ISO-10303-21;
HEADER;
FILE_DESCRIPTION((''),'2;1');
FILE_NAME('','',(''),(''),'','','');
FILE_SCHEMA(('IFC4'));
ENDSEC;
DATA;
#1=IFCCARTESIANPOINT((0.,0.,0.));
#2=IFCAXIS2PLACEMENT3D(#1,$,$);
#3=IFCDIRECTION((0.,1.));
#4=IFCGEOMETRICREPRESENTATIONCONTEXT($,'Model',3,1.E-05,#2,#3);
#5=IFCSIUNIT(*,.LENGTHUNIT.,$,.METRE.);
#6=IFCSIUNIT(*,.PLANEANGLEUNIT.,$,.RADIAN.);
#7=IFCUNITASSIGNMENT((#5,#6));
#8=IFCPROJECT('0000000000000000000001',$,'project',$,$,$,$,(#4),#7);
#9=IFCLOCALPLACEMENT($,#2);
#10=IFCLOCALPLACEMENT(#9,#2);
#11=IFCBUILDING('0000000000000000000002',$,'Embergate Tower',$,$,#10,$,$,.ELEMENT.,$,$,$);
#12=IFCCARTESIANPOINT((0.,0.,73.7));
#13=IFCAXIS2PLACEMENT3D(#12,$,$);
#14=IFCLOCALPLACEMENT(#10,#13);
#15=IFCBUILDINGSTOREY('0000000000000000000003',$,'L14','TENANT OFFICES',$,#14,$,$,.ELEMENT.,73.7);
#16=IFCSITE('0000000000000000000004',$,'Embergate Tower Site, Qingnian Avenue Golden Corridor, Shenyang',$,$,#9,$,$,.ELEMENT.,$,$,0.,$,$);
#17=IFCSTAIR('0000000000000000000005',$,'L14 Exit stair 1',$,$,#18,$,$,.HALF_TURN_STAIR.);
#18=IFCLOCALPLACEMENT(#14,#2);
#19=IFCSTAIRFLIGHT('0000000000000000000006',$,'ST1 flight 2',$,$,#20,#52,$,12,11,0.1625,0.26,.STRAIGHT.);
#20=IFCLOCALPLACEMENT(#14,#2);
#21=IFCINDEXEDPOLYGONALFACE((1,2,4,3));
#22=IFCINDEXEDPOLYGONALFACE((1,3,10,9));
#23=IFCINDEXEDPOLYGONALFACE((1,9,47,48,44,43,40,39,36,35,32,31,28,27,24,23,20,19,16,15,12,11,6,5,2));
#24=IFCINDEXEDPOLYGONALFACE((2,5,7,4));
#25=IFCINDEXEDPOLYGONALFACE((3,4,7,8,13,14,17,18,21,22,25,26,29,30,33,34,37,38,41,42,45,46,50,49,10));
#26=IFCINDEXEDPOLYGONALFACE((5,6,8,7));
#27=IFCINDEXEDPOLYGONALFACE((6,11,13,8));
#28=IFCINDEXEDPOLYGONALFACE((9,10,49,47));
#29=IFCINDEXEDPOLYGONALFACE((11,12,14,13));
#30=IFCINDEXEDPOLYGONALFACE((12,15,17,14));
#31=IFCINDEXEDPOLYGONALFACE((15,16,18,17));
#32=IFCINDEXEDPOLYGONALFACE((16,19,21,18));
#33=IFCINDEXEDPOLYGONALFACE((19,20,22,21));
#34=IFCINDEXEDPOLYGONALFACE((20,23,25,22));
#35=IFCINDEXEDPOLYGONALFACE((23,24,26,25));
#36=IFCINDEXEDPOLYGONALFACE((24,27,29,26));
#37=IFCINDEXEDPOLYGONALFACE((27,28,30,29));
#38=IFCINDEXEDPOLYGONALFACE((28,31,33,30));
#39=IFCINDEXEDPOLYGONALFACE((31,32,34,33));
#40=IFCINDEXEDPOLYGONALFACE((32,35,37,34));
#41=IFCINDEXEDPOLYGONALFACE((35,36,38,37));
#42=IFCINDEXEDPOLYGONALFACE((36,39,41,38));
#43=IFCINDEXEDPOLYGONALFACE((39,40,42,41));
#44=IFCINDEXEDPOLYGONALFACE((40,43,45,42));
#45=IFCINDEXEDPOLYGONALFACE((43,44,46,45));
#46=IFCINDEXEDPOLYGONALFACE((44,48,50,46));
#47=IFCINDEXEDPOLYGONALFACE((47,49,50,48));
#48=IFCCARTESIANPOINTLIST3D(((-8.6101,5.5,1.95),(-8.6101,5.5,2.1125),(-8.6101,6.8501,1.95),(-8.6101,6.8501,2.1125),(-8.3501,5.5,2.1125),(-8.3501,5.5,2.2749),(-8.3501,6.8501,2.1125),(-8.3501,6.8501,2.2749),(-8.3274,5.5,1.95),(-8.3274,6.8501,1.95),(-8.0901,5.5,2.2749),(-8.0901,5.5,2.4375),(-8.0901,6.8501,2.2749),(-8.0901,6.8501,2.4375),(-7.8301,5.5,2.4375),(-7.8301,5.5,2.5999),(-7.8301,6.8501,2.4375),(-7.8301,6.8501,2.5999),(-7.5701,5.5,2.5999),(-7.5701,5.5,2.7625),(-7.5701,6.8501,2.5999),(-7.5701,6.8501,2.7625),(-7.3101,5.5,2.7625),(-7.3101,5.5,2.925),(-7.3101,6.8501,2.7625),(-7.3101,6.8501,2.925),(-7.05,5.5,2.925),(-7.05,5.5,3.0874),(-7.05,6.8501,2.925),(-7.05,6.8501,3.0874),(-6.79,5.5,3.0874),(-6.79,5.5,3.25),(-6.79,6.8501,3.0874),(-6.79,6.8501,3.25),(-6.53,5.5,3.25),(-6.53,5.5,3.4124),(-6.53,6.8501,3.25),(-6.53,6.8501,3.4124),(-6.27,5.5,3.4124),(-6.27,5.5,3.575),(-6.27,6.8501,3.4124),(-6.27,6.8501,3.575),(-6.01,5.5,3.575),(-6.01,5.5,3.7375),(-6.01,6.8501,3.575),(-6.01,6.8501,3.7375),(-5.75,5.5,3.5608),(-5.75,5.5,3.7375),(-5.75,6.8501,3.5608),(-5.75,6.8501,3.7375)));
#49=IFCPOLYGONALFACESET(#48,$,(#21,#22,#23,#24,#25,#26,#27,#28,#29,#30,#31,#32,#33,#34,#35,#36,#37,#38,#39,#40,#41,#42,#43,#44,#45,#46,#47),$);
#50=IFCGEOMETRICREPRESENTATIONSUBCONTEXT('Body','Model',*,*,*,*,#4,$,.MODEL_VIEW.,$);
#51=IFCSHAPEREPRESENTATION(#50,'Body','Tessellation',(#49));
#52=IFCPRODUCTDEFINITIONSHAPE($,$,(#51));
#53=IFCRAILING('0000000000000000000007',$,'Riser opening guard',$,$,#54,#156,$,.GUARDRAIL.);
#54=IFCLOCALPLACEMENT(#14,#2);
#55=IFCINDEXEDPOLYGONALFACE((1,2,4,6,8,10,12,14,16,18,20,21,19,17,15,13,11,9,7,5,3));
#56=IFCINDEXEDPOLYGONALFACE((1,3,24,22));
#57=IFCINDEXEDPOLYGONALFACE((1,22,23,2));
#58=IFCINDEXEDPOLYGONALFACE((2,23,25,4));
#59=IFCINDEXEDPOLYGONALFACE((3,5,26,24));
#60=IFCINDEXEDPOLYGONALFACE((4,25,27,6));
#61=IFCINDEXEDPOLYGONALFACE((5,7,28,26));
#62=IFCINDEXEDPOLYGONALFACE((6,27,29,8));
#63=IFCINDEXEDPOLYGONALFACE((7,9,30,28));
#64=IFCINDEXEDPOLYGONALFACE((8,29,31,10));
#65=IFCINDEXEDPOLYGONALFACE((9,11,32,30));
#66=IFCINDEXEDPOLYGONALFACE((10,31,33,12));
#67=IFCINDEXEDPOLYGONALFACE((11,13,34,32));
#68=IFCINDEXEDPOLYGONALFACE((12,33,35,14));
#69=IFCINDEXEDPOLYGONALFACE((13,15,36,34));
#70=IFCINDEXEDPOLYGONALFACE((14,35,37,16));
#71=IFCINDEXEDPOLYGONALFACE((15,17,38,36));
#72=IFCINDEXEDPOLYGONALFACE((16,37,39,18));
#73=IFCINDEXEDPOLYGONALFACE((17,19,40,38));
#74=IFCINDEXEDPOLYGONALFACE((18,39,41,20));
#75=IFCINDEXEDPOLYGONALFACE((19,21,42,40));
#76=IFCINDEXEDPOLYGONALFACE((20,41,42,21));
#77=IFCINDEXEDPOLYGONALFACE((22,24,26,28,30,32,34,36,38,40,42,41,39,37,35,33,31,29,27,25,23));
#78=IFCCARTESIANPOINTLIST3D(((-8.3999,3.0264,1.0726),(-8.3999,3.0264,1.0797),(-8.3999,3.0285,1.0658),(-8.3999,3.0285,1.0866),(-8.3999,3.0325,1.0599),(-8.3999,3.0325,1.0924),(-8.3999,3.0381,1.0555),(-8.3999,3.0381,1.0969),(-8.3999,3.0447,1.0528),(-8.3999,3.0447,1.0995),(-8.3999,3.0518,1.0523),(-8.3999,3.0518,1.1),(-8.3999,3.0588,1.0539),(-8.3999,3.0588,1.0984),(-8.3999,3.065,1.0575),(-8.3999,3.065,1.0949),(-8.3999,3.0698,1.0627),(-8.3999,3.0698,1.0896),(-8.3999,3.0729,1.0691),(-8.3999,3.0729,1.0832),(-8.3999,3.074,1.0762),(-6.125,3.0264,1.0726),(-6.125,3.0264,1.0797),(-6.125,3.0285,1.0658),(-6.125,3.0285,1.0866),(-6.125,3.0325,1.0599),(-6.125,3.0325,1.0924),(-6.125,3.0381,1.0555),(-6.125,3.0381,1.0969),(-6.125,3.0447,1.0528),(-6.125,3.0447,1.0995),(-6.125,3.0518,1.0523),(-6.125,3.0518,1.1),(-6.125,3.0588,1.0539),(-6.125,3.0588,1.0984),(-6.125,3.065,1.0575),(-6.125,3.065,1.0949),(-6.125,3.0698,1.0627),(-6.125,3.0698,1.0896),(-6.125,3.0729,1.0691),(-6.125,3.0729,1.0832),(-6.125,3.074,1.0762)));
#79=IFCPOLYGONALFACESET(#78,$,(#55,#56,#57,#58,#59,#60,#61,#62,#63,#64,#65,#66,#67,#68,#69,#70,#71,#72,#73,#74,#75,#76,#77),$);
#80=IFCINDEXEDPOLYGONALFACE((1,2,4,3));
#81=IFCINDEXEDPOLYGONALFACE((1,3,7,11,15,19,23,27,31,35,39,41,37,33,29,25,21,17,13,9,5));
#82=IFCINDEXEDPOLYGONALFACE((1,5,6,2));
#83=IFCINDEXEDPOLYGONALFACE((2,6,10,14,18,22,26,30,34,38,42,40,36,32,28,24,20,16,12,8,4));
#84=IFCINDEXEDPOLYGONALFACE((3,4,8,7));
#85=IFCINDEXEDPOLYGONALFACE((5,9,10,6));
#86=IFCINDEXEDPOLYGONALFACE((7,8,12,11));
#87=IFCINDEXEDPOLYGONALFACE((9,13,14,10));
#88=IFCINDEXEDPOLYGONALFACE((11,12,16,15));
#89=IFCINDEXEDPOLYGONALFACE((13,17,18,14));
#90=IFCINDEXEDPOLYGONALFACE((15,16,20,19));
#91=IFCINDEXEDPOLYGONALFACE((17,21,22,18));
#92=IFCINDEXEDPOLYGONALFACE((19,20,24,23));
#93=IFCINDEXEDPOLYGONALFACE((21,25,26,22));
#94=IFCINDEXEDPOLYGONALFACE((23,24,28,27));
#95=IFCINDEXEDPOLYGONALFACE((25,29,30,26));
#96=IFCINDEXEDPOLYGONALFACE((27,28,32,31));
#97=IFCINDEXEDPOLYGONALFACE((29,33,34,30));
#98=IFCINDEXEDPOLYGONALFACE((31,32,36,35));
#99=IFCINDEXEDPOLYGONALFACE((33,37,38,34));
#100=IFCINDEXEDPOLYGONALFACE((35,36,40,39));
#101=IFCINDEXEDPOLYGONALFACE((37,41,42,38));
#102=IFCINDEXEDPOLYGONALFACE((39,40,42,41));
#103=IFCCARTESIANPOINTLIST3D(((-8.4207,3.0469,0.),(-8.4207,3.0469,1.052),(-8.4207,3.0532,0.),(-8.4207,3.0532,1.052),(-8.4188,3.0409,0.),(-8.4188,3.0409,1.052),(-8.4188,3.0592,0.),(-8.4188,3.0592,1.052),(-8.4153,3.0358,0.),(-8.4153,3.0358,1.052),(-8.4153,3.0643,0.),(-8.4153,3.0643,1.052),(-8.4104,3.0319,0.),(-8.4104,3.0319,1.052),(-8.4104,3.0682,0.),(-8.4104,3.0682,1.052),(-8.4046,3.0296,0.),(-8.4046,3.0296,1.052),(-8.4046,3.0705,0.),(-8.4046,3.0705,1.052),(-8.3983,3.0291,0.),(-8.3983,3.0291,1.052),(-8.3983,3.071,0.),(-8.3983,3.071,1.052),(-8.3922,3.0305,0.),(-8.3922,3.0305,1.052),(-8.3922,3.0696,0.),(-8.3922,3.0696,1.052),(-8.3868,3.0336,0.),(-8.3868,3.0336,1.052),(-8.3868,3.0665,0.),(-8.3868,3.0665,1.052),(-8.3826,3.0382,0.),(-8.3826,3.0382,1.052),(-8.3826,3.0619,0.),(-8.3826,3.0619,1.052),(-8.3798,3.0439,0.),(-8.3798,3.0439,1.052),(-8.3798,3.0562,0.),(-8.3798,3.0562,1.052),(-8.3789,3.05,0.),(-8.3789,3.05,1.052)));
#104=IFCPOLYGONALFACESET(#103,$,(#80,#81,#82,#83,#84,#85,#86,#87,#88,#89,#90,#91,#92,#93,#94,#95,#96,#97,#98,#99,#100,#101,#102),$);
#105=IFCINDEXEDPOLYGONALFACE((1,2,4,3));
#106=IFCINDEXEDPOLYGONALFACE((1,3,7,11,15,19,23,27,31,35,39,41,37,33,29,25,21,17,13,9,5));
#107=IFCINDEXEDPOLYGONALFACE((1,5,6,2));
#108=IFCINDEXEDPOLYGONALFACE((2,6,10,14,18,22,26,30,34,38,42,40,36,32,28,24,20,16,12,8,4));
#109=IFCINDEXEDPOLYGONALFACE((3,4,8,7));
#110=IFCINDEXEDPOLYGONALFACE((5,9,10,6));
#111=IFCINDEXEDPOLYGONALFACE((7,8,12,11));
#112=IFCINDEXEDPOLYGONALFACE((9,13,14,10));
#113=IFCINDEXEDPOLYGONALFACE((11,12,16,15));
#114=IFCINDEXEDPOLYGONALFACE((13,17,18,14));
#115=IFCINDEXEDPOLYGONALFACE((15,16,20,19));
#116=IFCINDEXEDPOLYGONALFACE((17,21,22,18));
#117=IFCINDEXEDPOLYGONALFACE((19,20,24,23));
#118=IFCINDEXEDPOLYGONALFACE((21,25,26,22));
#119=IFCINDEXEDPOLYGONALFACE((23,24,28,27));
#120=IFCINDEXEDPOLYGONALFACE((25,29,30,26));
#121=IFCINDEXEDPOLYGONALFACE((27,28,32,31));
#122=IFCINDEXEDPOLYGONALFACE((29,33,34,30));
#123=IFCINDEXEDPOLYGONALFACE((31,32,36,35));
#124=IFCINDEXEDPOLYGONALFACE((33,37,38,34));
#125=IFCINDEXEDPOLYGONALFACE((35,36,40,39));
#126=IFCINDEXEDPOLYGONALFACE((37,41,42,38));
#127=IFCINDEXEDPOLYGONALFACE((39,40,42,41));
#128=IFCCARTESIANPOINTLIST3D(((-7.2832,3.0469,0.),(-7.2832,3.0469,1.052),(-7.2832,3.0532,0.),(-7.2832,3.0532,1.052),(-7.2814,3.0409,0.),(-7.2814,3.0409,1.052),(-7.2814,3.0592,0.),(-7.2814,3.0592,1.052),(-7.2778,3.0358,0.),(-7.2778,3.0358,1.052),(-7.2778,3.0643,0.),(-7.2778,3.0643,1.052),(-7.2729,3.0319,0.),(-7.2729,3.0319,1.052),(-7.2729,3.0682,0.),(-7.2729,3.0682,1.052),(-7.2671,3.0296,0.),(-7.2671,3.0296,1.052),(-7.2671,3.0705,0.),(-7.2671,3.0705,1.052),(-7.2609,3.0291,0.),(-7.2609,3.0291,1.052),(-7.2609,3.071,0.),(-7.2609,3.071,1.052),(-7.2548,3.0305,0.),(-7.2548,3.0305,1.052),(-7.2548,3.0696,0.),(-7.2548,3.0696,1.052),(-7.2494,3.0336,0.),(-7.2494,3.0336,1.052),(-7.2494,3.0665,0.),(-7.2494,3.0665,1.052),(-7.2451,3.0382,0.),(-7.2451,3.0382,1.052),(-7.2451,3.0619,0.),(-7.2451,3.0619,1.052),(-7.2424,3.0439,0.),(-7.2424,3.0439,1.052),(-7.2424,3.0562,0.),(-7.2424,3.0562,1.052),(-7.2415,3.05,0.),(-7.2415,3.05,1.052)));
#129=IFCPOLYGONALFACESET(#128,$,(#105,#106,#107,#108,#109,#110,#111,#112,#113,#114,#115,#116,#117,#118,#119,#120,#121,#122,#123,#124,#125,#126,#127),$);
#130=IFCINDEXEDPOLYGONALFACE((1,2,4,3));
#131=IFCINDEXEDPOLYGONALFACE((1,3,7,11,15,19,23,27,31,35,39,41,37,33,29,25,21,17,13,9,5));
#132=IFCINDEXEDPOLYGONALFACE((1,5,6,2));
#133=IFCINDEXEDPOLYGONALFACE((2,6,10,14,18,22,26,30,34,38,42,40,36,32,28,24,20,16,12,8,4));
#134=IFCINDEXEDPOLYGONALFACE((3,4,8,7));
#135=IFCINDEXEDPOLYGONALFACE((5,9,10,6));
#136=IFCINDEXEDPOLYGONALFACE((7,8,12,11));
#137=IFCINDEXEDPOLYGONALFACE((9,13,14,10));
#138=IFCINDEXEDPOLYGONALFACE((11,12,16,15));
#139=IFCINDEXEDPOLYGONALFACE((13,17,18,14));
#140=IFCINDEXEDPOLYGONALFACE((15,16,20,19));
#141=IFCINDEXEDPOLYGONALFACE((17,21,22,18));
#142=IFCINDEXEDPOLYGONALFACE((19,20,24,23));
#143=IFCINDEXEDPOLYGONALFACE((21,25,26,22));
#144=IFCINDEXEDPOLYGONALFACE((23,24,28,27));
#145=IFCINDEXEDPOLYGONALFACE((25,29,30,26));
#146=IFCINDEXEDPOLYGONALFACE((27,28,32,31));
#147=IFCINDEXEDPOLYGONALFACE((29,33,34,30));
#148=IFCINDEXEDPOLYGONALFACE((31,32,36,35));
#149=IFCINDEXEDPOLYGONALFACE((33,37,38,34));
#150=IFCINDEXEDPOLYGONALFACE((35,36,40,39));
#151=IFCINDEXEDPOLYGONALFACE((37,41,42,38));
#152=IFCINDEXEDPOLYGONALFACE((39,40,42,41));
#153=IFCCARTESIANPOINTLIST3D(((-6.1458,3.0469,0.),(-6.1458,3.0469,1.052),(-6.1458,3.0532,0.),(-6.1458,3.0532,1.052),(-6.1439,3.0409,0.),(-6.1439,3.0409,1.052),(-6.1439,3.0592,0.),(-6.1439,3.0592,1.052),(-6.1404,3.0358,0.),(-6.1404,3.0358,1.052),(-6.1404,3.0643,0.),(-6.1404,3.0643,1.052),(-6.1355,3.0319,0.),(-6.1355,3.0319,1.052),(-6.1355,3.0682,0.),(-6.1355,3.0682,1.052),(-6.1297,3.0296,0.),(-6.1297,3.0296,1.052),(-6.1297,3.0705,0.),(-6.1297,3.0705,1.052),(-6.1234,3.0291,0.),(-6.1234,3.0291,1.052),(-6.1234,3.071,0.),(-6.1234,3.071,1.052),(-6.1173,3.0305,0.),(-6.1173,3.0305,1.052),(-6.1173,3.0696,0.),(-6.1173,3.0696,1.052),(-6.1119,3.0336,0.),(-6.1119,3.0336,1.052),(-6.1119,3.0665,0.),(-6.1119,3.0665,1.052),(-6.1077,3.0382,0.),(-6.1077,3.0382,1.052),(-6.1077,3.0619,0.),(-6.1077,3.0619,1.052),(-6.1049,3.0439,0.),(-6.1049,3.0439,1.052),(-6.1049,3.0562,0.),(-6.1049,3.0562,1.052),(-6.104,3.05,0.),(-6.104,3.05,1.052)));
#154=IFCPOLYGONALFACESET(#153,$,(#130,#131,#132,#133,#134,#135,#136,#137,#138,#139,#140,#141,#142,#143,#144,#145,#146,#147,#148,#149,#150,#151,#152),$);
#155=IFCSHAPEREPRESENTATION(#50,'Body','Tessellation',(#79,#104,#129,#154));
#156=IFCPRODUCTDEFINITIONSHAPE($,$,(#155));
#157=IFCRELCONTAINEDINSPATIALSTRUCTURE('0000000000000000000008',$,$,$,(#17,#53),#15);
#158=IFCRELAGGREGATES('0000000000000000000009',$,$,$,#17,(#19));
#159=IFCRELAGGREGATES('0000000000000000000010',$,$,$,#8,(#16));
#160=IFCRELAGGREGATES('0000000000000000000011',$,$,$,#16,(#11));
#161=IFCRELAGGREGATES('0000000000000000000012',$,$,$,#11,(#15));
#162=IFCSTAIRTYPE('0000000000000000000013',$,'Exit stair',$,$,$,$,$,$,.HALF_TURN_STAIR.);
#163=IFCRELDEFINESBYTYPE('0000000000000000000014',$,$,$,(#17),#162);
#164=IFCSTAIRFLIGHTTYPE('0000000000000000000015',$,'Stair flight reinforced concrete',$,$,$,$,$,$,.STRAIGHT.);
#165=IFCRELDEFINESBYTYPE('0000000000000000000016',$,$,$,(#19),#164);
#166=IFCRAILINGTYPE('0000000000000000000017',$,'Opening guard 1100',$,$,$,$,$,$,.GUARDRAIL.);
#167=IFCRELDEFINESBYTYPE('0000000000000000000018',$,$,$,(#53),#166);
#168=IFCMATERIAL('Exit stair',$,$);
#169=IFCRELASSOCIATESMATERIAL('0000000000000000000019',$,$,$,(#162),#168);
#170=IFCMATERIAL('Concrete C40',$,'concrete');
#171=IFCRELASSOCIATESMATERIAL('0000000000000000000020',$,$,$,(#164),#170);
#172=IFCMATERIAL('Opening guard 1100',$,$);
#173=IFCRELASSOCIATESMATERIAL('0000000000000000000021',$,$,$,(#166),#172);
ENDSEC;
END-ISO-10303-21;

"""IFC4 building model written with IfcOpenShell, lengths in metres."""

from ifc_helpers import new_model, si_unit, direction, frame, origin, origin_2d, place, context, subcontext, project, spatial, polyline, circle, outline, extrude, source, transform, mapped, material, type_object, element, aggregate, save


model = new_model("IFC4")

# Units and contexts
model_context = context("Model", 3, precision=1e-05, world=origin(), true_north=direction((0.0, 1.0)))
body_context = subcontext(model_context, "Body", "Model", "MODEL_VIEW")
ifc_project = project(units=[si_unit("LENGTHUNIT", "METRE"), si_unit("PLANEANGLEUNIT", "RADIAN")], contexts=[model_context])

# Site, building, storey
site_placement = place(None, origin())
site = spatial("IfcSite", under=ifc_project, at=site_placement, Name="Embergate Tower Site, Qingnian Avenue Golden Corridor, Shenyang", CompositionType="ELEMENT", RefElevation=0.0)
building_placement = place(site_placement, origin())
building = spatial("IfcBuilding", under=site, at=building_placement, Name="Embergate Tower", CompositionType="ELEMENT")
storey_placement = place(building_placement, frame((0.0, 0.0, 73.7)))
storey = spatial("IfcBuildingStorey", under=building, at=storey_placement, Name="L14", Description="TENANT OFFICES", CompositionType="ELEMENT", Elevation=73.7)

# Stair
ifc_material_1 = material(Name="Exit stair")
stair_type = type_object("IfcStairType", Name="Exit stair", PredefinedType="HALF_TURN_STAIR", material=ifc_material_1)
stair_placement = place(storey_placement, origin())
stair = element("IfcStair", 1, at=stair_placement, inside=storey, type_object=stair_type, Name="L14 Exit stair 1", PredefinedType="HALF_TURN_STAIR")
ifc_material_2 = material(Name="Concrete C40", Category="concrete")

# Stair flight
stair_flight_type = type_object("IfcStairFlightType", Name="Stair flight reinforced concrete", PredefinedType="STRAIGHT", material=ifc_material_2)
shared_shape_1 = source(origin(), body_context, "Body", "SweptSolid", [
    extrude(outline(polyline([(0.0, 0.0), (0.0, 0.1626), (0.26, 0.1626), (0.26, 0.325), (0.52, 0.325), (0.52, 0.4875), (0.78, 0.4875), (0.78, 0.6499), (1.04, 0.6499), (1.04, 0.8125), (1.3, 0.8125), (1.3, 0.9751), (1.5601, 0.9751), (1.5601, 1.1375), (1.8201, 1.1375), (1.8201, 1.3), (2.0801, 1.3), (2.0801, 1.4624), (2.3401, 1.4624), (2.3401, 1.625), (2.6001, 1.625), (2.6001, 1.7876), (2.8601, 1.7876), (2.8601, 1.95), (2.8601, 1.6108), (0.2827, 0.0), (0.0, 0.0)])), frame((0.0, 0.675, 0.0), z_axis=(0.0, -1.0, 0.0), x_axis=(1.0, 0.0, 0.0)), (0.0, 0.0, 1.0), 1.3501),
])
stair_flight_placement = place(storey_placement, frame((-8.6101, 6.175, 1.95), z_axis=(0.0, 0.0, 1.0), x_axis=(1.0, 0.0, 0.0)))
stair_flight = element("IfcStairFlight", 2, at=stair_flight_placement, type_object=stair_flight_type, Name="ST1 flight 2", NumberOfRisers=12, NumberOfTreads=11, PredefinedType="STRAIGHT", RiserHeight=0.1625, TreadLength=0.26, context=body_context, shape_type="MappedRepresentation", body=[
    mapped(shared_shape_1, transform((0.0, 0.0, 0.0))),
])
aggregate(stair, [stair_flight])

# Railing
ifc_material_3 = material(Name="Opening guard 1100")
railing_type = type_object("IfcRailingType", Name="Opening guard 1100", PredefinedType="GUARDRAIL", material=ifc_material_3)
shared_shape_2 = source(origin(), body_context, "Body", "SweptSolid", [
    extrude(circle(Radius=0.0239, at=origin_2d()), frame((0.0, 0.0, 1.0762), z_axis=(1.0, 0.0, 0.0), x_axis=(0.0, 1.0, 0.0)), (0.0, 0.0, 1.0), 2.2749),
    extrude(circle(Radius=0.021, at=origin_2d()), origin(), (0.0, 0.0, 1.0), 1.052),
    extrude(circle(Radius=0.021, at=origin_2d()), frame((1.1375, 0.0, 0.0)), (0.0, 0.0, 1.0), 1.052),
    extrude(circle(Radius=0.021, at=origin_2d()), frame((2.2749, 0.0, 0.0)), (0.0, 0.0, 1.0), 1.052),
])
railing_placement = place(storey_placement, frame((-8.3999, 3.05, 0.0)))
element("IfcRailing", 3, at=railing_placement, inside=storey, type_object=railing_type, Name="Riser opening guard", PredefinedType="GUARDRAIL", context=body_context, shape_type="MappedRepresentation", body=[
    mapped(shared_shape_2, transform((0.0, 0.0, 0.0))),
])

save(model, "model.ifc")
